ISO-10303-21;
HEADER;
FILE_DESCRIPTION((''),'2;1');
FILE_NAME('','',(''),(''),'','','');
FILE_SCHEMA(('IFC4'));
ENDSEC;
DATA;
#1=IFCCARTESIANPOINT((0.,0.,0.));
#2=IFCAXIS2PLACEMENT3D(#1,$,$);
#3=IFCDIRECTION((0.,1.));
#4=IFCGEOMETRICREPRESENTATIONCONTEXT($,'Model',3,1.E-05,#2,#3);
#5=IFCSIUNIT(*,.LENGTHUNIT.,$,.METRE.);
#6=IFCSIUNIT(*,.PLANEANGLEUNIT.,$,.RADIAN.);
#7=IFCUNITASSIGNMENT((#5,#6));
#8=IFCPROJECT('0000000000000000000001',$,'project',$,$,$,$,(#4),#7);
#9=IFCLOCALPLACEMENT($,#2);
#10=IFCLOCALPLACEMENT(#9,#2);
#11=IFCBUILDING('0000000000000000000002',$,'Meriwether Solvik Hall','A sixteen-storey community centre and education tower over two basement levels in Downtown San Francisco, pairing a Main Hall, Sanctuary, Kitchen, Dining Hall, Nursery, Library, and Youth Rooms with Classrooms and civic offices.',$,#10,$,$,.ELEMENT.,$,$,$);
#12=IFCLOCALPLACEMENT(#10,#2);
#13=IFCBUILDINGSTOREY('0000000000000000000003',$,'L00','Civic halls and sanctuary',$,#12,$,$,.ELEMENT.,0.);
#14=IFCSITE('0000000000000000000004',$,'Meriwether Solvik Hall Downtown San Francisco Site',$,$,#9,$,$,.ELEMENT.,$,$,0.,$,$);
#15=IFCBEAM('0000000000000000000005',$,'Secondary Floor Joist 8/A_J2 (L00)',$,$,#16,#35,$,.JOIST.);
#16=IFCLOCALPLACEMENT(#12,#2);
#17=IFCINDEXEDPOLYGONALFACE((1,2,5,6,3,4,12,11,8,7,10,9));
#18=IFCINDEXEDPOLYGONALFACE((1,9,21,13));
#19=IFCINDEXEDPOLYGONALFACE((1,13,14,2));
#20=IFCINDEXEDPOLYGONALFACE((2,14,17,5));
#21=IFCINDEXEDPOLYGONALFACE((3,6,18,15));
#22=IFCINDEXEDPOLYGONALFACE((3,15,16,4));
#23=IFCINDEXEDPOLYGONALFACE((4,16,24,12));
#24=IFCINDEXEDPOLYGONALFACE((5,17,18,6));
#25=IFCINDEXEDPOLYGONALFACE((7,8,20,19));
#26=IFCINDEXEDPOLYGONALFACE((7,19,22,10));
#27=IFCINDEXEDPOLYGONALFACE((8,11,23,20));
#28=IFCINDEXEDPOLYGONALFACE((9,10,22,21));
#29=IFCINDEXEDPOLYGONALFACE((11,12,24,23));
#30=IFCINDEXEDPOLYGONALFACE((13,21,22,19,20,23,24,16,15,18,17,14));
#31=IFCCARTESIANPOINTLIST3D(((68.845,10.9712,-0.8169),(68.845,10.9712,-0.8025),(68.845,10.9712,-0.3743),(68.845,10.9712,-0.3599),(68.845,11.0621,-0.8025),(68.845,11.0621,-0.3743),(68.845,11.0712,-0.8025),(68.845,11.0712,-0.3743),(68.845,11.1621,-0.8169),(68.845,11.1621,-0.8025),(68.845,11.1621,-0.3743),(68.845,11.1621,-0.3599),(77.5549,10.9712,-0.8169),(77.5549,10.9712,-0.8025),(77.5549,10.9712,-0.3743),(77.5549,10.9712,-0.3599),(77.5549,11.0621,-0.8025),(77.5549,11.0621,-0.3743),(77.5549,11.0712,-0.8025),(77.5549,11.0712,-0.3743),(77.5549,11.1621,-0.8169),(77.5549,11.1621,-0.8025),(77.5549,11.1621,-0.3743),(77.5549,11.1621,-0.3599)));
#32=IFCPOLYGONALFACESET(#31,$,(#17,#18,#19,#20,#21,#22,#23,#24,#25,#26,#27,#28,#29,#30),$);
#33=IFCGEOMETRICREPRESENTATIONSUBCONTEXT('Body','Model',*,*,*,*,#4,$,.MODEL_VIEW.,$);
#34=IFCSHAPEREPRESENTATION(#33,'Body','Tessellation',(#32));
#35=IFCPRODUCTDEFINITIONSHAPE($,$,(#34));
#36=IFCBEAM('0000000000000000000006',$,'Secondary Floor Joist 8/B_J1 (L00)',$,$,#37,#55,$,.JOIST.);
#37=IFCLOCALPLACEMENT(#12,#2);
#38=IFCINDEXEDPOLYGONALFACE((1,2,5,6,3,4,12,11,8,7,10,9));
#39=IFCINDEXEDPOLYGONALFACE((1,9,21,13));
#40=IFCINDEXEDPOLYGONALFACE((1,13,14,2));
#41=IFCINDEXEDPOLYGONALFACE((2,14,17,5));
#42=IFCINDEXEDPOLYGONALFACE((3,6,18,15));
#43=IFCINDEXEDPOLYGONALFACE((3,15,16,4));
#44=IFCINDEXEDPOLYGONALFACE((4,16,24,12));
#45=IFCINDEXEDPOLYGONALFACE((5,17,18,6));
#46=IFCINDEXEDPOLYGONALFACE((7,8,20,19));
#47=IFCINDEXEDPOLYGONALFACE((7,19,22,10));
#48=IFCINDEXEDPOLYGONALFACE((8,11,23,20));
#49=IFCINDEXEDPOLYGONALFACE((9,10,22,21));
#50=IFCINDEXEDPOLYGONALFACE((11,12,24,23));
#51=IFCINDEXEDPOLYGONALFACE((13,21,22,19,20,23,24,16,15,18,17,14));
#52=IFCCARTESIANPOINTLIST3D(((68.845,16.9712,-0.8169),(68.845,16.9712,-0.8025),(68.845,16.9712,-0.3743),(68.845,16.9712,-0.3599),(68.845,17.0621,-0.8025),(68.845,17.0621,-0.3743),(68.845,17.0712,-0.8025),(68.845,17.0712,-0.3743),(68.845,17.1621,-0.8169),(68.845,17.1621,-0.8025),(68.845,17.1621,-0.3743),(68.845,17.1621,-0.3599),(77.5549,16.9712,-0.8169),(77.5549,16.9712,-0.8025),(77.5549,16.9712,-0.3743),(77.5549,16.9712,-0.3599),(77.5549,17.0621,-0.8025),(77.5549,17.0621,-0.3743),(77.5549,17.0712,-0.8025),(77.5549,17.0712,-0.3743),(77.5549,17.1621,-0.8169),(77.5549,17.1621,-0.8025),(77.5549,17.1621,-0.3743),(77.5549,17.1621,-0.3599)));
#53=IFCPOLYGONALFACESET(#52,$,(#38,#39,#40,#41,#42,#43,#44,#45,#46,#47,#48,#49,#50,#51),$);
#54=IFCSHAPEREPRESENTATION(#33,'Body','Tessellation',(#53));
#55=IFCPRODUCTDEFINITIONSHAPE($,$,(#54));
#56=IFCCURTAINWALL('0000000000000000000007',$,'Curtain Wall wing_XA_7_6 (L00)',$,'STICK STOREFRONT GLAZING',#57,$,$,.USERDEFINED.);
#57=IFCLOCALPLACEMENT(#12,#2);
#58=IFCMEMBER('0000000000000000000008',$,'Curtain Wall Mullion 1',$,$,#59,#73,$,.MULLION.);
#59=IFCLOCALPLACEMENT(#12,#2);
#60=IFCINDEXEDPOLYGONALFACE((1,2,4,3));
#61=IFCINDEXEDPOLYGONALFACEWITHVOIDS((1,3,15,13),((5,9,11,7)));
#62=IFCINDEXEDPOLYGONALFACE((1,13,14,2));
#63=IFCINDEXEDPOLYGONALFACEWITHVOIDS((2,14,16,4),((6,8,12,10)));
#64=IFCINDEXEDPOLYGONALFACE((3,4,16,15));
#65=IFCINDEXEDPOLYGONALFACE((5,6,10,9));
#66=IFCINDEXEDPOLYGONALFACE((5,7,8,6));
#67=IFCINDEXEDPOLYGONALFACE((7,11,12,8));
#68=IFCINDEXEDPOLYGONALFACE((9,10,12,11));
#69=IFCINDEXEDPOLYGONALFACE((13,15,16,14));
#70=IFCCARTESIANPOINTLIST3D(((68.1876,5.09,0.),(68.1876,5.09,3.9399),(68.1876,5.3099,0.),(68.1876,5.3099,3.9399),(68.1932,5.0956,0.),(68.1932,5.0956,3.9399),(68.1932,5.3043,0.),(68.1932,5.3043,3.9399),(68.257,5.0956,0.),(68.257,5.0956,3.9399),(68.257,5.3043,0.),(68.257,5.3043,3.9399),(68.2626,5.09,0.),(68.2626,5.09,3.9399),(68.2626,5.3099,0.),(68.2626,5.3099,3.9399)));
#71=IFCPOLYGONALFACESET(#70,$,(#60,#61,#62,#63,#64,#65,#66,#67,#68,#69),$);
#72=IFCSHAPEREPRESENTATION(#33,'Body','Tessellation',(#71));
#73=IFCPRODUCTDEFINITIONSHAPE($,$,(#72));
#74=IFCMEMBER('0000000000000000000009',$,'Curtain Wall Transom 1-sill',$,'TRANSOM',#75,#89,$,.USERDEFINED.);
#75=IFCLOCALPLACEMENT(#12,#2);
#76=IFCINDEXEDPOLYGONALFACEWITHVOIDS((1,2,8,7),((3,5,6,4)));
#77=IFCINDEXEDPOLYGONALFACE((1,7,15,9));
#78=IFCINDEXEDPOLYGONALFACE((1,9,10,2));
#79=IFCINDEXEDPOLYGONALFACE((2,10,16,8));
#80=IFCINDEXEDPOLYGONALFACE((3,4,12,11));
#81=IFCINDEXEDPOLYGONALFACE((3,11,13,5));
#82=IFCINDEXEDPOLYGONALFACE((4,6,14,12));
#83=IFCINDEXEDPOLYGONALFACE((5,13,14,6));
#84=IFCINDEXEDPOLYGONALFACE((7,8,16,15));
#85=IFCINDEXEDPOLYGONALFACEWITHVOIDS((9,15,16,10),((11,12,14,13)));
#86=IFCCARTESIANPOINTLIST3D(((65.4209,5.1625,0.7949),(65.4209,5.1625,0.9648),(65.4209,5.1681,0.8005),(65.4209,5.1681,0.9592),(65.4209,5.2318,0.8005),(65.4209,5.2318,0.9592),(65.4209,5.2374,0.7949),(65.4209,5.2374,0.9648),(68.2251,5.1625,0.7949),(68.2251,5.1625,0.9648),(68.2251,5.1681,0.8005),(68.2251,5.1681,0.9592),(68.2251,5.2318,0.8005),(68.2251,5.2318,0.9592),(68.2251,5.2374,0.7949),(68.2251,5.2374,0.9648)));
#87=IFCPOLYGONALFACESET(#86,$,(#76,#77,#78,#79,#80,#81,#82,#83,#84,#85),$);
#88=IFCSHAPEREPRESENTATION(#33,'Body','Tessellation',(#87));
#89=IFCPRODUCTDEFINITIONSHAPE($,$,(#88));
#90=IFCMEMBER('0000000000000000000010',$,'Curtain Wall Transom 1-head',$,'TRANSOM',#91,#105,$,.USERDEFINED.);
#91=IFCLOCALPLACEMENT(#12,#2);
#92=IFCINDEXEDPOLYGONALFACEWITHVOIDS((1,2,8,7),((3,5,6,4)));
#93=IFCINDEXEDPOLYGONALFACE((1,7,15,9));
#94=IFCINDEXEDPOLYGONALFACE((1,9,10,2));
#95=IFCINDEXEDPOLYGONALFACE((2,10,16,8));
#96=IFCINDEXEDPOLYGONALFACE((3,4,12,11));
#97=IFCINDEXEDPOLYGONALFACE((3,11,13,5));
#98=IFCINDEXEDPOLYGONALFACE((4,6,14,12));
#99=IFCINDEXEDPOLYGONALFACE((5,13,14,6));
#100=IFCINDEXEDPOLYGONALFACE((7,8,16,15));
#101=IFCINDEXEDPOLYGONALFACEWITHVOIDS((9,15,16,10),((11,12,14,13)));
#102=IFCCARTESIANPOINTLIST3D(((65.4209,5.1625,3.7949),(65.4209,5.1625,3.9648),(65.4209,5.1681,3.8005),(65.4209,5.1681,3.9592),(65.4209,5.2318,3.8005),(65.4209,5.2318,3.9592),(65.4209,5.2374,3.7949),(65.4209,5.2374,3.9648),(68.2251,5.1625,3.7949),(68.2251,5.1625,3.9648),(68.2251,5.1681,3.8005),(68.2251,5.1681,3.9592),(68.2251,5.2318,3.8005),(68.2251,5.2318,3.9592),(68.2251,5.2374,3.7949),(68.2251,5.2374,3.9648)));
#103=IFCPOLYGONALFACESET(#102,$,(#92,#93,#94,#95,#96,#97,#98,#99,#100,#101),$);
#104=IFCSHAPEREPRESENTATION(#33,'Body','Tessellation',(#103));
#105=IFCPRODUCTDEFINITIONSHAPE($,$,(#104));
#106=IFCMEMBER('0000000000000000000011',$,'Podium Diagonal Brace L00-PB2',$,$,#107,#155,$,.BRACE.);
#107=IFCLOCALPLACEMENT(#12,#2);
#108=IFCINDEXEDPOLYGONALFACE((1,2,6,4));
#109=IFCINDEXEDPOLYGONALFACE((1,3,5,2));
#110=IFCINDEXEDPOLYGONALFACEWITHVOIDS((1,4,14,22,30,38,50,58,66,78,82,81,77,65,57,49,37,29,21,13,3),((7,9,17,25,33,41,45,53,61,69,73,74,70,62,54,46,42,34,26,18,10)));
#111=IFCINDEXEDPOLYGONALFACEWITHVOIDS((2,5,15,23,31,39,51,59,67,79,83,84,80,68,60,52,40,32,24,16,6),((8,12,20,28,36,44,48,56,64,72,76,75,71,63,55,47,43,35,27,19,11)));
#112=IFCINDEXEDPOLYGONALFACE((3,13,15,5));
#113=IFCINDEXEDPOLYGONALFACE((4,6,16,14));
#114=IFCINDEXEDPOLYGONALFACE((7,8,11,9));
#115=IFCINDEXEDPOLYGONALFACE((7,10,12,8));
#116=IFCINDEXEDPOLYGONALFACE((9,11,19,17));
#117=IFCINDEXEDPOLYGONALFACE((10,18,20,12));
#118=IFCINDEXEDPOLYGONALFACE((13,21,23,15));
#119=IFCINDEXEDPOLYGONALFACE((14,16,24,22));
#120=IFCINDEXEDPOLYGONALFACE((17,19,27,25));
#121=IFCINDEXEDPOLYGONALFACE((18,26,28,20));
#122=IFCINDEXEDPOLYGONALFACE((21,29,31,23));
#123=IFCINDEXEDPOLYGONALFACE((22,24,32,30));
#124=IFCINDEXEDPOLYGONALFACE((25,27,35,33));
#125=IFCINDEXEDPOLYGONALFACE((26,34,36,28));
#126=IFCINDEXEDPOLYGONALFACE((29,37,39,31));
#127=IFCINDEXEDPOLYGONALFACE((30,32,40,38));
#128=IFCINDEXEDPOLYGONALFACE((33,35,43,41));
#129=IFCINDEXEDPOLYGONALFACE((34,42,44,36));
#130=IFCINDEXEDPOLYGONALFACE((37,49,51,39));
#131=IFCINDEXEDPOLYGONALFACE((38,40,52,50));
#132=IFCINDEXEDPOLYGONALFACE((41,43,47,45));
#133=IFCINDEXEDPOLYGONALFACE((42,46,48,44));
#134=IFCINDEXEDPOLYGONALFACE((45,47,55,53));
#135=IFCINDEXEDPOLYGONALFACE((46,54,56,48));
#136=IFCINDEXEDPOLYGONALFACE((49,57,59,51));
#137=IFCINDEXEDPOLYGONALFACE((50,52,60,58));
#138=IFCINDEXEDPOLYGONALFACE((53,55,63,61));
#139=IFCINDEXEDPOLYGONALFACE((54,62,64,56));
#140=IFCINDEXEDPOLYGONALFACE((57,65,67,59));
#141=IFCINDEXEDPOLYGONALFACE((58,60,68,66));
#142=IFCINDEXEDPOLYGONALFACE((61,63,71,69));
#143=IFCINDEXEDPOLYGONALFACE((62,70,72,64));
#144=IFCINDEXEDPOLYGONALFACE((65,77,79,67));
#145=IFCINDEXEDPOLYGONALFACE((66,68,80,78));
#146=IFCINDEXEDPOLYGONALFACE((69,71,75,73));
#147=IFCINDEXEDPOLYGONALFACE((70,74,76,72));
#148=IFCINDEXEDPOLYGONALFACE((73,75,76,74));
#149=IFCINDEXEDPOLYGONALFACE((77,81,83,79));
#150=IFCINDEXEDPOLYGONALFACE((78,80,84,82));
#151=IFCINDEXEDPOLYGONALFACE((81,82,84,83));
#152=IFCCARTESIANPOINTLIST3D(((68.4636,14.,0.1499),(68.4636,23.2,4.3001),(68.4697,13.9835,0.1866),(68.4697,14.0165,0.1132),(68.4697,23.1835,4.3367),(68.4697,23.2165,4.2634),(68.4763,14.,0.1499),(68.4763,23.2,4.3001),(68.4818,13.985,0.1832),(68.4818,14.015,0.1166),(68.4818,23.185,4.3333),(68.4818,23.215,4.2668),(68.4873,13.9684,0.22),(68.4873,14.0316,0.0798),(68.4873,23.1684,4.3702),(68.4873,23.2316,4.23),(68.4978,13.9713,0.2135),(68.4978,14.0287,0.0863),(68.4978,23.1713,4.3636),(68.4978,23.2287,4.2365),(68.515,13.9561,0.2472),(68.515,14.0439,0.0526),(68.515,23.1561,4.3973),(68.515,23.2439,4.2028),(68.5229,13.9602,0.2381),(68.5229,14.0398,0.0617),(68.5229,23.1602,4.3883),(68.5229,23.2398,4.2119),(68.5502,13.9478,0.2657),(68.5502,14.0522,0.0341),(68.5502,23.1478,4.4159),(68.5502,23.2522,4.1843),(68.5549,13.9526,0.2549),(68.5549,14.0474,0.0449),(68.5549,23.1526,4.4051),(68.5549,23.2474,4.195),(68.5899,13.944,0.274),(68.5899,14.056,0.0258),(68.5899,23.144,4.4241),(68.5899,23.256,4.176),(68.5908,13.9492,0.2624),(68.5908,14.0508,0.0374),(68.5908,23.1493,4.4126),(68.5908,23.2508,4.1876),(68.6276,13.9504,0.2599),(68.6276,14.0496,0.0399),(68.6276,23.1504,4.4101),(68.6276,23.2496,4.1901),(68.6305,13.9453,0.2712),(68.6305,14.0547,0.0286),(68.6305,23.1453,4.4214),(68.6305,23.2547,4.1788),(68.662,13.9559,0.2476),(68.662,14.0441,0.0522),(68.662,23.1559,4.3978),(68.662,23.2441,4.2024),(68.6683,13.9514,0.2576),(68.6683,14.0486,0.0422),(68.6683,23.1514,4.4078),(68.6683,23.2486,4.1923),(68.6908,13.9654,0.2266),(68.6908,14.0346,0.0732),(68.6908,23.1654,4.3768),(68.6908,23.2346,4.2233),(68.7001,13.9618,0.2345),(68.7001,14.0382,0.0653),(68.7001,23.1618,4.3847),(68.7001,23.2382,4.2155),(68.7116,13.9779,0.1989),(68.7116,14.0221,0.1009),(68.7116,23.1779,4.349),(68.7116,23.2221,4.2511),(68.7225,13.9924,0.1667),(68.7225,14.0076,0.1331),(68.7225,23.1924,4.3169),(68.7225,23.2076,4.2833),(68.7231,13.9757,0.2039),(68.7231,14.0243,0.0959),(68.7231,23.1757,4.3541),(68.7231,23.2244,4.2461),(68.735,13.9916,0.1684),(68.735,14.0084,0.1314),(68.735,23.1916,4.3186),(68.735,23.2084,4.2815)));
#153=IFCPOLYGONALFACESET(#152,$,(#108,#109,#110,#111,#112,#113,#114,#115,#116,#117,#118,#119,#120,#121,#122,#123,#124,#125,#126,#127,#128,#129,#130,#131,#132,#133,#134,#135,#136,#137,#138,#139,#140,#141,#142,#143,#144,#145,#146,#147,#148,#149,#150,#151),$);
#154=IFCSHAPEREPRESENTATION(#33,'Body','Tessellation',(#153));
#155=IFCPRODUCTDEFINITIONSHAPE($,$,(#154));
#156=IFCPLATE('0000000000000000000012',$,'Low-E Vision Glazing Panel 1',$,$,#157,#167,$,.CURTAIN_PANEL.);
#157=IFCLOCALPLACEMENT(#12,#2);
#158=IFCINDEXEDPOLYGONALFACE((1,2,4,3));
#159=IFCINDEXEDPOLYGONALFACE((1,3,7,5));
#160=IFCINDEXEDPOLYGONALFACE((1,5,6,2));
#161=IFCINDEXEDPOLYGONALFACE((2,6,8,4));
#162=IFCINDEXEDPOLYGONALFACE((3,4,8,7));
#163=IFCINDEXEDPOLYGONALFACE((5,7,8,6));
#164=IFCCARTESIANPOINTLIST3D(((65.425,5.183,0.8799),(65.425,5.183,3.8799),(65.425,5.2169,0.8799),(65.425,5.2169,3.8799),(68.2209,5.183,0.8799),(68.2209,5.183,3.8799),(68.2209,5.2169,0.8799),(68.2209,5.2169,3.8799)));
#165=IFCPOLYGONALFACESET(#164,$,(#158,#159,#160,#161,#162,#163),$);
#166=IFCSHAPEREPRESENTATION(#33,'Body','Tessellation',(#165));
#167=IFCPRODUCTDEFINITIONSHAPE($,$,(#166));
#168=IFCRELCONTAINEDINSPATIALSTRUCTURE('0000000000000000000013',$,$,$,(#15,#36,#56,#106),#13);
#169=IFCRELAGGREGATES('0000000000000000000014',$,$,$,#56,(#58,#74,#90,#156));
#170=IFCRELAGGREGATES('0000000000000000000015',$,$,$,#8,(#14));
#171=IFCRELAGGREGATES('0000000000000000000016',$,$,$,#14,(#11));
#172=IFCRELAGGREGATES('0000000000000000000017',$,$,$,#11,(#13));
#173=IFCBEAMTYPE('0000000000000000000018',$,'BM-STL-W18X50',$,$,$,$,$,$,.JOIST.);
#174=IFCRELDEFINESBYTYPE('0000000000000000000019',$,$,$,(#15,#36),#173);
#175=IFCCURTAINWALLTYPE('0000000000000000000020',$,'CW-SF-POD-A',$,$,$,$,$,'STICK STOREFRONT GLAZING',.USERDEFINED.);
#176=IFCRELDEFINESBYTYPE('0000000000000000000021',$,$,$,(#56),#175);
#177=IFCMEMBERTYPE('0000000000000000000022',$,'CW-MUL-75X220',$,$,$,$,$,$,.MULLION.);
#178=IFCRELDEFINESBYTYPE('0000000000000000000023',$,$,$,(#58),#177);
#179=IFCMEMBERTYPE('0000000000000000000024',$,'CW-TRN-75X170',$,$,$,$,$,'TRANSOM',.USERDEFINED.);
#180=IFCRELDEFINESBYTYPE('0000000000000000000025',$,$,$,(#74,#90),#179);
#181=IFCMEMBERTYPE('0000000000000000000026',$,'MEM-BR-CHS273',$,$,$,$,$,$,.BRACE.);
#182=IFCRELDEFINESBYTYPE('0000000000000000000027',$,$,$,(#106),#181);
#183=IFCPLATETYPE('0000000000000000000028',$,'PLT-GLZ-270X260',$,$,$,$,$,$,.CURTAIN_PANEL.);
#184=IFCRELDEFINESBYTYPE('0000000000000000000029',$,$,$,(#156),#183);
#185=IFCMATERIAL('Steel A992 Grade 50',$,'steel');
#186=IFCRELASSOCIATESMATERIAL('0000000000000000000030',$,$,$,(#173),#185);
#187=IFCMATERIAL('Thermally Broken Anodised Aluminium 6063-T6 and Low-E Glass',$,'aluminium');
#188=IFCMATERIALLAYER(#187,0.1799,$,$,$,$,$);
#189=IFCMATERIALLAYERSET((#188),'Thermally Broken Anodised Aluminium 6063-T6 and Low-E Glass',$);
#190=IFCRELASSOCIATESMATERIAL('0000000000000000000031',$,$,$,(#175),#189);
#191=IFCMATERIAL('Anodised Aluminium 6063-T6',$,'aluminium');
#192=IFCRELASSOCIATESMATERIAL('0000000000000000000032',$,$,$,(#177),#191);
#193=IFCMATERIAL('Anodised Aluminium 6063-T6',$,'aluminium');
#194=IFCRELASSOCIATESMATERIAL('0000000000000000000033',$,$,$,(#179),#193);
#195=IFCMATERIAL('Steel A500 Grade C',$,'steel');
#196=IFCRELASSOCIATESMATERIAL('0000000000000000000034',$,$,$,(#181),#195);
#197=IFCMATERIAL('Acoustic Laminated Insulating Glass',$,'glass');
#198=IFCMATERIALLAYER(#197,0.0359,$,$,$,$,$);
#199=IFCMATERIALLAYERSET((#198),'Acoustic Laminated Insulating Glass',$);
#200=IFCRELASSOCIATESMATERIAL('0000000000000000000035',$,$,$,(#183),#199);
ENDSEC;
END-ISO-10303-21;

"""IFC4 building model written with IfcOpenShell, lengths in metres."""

from ifc_helpers import new_model, si_unit, direction, frame, origin, origin_2d, place, context, subcontext, project, spatial, rectangle, hollow_rectangle, hollow_circle, i_section, extrude, material, layer, layer_set, material_profile, profile_set, type_object, element, aggregate, save


model = new_model("IFC4")

# Units and contexts
model_context = context("Model", 3, precision=1e-05, world=origin(), true_north=direction((0.0, 1.0)))
body_context = subcontext(model_context, "Body", "Model", "MODEL_VIEW")
ifc_project = project(units=[si_unit("LENGTHUNIT", "METRE"), si_unit("PLANEANGLEUNIT", "RADIAN")], contexts=[model_context])

# Site, building, storey
site_placement = place(None, origin())
site = spatial("IfcSite", under=ifc_project, at=site_placement, Name="Meriwether Solvik Hall Downtown San Francisco Site", CompositionType="ELEMENT", RefElevation=0.0)
building_placement = place(site_placement, origin())
building = spatial("IfcBuilding", under=site, at=building_placement, Name="Meriwether Solvik Hall", Description="A sixteen-storey community centre and education tower over two basement levels in Downtown San Francisco, pairing a Main Hall, Sanctuary, Kitchen, Dining Hall, Nursery, Library, and Youth Rooms with Classrooms and civic offices.", CompositionType="ELEMENT")
storey_placement = place(building_placement, origin())
storey = spatial("IfcBuildingStorey", under=building, at=storey_placement, Name="L00", Description="Civic halls and sanctuary", CompositionType="ELEMENT", Elevation=0.0)

# Beams
ifc_material_1 = material(Name="Steel A992 Grade 50", Category="steel")
ifc_material_profile_1 = material_profile(ifc_material_1, i_section(OverallWidth=0.1909, OverallDepth=0.457, WebThickness=0.009, FlangeThickness=0.0144, at=origin_2d()), Name="W18X50")
ifc_profile_set_1 = profile_set([ifc_material_profile_1], Name="Steel A992 Grade 50")
beam_type_1 = type_object("IfcBeamType", Name="BM-STL-W18X50", PredefinedType="JOIST", material=ifc_profile_set_1)
for number, where, z_axis, x_axis, name in (
    (1, (68.845, 11.0667, -0.5884), (1.0, 0.0, 0.0), (0.0, 1.0, 0.0), "Secondary Floor Joist 8/A_J2 (L00)"),
    (2, (68.845, 17.0667, -0.5884), (1.0, 0.0, 0.0), (0.0, 1.0, 0.0), "Secondary Floor Joist 8/B_J1 (L00)"),
):
    element("IfcBeam", number, at=place(storey_placement, frame(where, z_axis=z_axis, x_axis=x_axis)), inside=storey, type_object=beam_type_1, Name=name, PredefinedType="JOIST", context=body_context, shape_type="SweptSolid", body=[
        extrude(i_section(OverallWidth=0.1909, OverallDepth=0.457, WebThickness=0.009, FlangeThickness=0.0144, at=origin_2d()), origin(), (0.0, 0.0, 1.0), 8.71),
    ])

# Curtain wall, members
ifc_material_2 = material(Name="Thermally Broken Anodised Aluminium 6063-T6 and Low-E Glass", Category="aluminium")
ifc_layer_1 = layer(ifc_material_2, 0.1799)
ifc_layer_set_1 = layer_set([ifc_layer_1], Name="Thermally Broken Anodised Aluminium 6063-T6 and Low-E Glass")
curtain_wall_type = type_object("IfcCurtainWallType", Name="CW-SF-POD-A", ElementType="STICK STOREFRONT GLAZING", PredefinedType="USERDEFINED", material=ifc_layer_set_1)
curtain_wall_placement = place(storey_placement, origin())
curtain_wall = element("IfcCurtainWall", 3, at=curtain_wall_placement, inside=storey, type_object=curtain_wall_type, Name="Curtain Wall wing_XA_7_6 (L00)", ObjectType="STICK STOREFRONT GLAZING", PredefinedType="USERDEFINED")
ifc_material_3 = material(Name="Anodised Aluminium 6063-T6", Category="aluminium")
ifc_material_profile_2 = material_profile(ifc_material_3, hollow_rectangle(XDim=0.075, YDim=0.22, WallThickness=0.0056, at=origin_2d()), Name="CWM-75X220")
ifc_profile_set_2 = profile_set([ifc_material_profile_2], Name="Anodised Aluminium 6063-T6")
member_type_1 = type_object("IfcMemberType", Name="CW-MUL-75X220", PredefinedType="MULLION", material=ifc_profile_set_2)
member_1_placement = place(storey_placement, frame((68.2251, 5.2, 0.0), z_axis=(0.0, 0.0, 1.0), x_axis=(-1.0, 0.0, 0.0)))
member_1 = element("IfcMember", 4, at=member_1_placement, type_object=member_type_1, Name="Curtain Wall Mullion 1", PredefinedType="MULLION", context=body_context, shape_type="SweptSolid", body=[
    extrude(hollow_rectangle(XDim=0.075, YDim=0.22, WallThickness=0.0056, at=origin_2d()), origin(), (0.0, 0.0, 1.0), 3.9399),
])
ifc_material_4 = material(Name="Anodised Aluminium 6063-T6", Category="aluminium")
ifc_material_profile_3 = material_profile(ifc_material_4, hollow_rectangle(XDim=0.075, YDim=0.1699, WallThickness=0.0056, at=origin_2d()), Name="CWT-75X170")
ifc_profile_set_3 = profile_set([ifc_material_profile_3], Name="Anodised Aluminium 6063-T6")
member_type_2 = type_object("IfcMemberType", Name="CW-TRN-75X170", ElementType="TRANSOM", PredefinedType="USERDEFINED", material=ifc_profile_set_3)
member_2_placement = place(storey_placement, frame((68.2251, 5.2, 0.8799), z_axis=(-1.0, 0.0, 0.0), x_axis=(0.0, -1.0, 0.0)))
member_2 = element("IfcMember", 5, at=member_2_placement, type_object=member_type_2, Name="Curtain Wall Transom 1-sill", ObjectType="TRANSOM", PredefinedType="USERDEFINED", context=body_context, shape_type="SweptSolid", body=[
    extrude(hollow_rectangle(XDim=0.075, YDim=0.1699, WallThickness=0.0056, at=origin_2d()), origin(), (0.0, 0.0, 1.0), 2.8042),
])
member_3_placement = place(storey_placement, frame((68.2251, 5.2, 3.8799), z_axis=(-1.0, 0.0, 0.0), x_axis=(0.0, -1.0, 0.0)))
member_3 = element("IfcMember", 6, at=member_3_placement, type_object=member_type_2, Name="Curtain Wall Transom 1-head", ObjectType="TRANSOM", PredefinedType="USERDEFINED", context=body_context, shape_type="SweptSolid", body=[
    extrude(hollow_rectangle(XDim=0.075, YDim=0.1699, WallThickness=0.0056, at=origin_2d()), origin(), (0.0, 0.0, 1.0), 2.8042),
])

# Member
ifc_material_5 = material(Name="Steel A500 Grade C", Category="steel")
ifc_material_profile_4 = material_profile(ifc_material_5, hollow_circle(Radius=0.1365, WallThickness=0.0127, at=origin_2d()), Name="CHS273X12.7")
ifc_profile_set_4 = profile_set([ifc_material_profile_4], Name="Steel A500 Grade C")
member_type_3 = type_object("IfcMemberType", Name="MEM-BR-CHS273", PredefinedType="BRACE", material=ifc_profile_set_4)
member_4_placement = place(storey_placement, frame((68.6001, 14.0, 0.1499), z_axis=(0.0, 0.911544, 0.411202), x_axis=(-1.0, 0.0, 0.0)))
element("IfcMember", 7, at=member_4_placement, inside=storey, type_object=member_type_3, Name="Podium Diagonal Brace L00-PB2", PredefinedType="BRACE", context=body_context, shape_type="SweptSolid", body=[
    extrude(hollow_circle(Radius=0.1365, WallThickness=0.0127, at=origin_2d()), origin(), (0.0, 0.0, 1.0), 10.0928),
])

# Plate
ifc_material_6 = material(Name="Acoustic Laminated Insulating Glass", Category="glass")
ifc_layer_2 = layer(ifc_material_6, 0.0359)
ifc_layer_set_2 = layer_set([ifc_layer_2], Name="Acoustic Laminated Insulating Glass")
plate_type = type_object("IfcPlateType", Name="PLT-GLZ-270X260", PredefinedType="CURTAIN_PANEL", material=ifc_layer_set_2)
plate_placement = place(storey_placement, frame((66.823, 5.2, 0.8799), z_axis=(0.0, 0.0, 1.0), x_axis=(-1.0, 0.0, 0.0)))
plate = element("IfcPlate", 8, at=plate_placement, type_object=plate_type, Name="Low-E Vision Glazing Panel 1", PredefinedType="CURTAIN_PANEL", context=body_context, shape_type="SweptSolid", body=[
    extrude(rectangle(XDim=2.7959, YDim=0.0339, at=origin_2d()), origin(), (0.0, 0.0, 1.0), 3.0),
])
aggregate(curtain_wall, [member_1, member_2, member_3, plate])

save(model, "model.ifc")
